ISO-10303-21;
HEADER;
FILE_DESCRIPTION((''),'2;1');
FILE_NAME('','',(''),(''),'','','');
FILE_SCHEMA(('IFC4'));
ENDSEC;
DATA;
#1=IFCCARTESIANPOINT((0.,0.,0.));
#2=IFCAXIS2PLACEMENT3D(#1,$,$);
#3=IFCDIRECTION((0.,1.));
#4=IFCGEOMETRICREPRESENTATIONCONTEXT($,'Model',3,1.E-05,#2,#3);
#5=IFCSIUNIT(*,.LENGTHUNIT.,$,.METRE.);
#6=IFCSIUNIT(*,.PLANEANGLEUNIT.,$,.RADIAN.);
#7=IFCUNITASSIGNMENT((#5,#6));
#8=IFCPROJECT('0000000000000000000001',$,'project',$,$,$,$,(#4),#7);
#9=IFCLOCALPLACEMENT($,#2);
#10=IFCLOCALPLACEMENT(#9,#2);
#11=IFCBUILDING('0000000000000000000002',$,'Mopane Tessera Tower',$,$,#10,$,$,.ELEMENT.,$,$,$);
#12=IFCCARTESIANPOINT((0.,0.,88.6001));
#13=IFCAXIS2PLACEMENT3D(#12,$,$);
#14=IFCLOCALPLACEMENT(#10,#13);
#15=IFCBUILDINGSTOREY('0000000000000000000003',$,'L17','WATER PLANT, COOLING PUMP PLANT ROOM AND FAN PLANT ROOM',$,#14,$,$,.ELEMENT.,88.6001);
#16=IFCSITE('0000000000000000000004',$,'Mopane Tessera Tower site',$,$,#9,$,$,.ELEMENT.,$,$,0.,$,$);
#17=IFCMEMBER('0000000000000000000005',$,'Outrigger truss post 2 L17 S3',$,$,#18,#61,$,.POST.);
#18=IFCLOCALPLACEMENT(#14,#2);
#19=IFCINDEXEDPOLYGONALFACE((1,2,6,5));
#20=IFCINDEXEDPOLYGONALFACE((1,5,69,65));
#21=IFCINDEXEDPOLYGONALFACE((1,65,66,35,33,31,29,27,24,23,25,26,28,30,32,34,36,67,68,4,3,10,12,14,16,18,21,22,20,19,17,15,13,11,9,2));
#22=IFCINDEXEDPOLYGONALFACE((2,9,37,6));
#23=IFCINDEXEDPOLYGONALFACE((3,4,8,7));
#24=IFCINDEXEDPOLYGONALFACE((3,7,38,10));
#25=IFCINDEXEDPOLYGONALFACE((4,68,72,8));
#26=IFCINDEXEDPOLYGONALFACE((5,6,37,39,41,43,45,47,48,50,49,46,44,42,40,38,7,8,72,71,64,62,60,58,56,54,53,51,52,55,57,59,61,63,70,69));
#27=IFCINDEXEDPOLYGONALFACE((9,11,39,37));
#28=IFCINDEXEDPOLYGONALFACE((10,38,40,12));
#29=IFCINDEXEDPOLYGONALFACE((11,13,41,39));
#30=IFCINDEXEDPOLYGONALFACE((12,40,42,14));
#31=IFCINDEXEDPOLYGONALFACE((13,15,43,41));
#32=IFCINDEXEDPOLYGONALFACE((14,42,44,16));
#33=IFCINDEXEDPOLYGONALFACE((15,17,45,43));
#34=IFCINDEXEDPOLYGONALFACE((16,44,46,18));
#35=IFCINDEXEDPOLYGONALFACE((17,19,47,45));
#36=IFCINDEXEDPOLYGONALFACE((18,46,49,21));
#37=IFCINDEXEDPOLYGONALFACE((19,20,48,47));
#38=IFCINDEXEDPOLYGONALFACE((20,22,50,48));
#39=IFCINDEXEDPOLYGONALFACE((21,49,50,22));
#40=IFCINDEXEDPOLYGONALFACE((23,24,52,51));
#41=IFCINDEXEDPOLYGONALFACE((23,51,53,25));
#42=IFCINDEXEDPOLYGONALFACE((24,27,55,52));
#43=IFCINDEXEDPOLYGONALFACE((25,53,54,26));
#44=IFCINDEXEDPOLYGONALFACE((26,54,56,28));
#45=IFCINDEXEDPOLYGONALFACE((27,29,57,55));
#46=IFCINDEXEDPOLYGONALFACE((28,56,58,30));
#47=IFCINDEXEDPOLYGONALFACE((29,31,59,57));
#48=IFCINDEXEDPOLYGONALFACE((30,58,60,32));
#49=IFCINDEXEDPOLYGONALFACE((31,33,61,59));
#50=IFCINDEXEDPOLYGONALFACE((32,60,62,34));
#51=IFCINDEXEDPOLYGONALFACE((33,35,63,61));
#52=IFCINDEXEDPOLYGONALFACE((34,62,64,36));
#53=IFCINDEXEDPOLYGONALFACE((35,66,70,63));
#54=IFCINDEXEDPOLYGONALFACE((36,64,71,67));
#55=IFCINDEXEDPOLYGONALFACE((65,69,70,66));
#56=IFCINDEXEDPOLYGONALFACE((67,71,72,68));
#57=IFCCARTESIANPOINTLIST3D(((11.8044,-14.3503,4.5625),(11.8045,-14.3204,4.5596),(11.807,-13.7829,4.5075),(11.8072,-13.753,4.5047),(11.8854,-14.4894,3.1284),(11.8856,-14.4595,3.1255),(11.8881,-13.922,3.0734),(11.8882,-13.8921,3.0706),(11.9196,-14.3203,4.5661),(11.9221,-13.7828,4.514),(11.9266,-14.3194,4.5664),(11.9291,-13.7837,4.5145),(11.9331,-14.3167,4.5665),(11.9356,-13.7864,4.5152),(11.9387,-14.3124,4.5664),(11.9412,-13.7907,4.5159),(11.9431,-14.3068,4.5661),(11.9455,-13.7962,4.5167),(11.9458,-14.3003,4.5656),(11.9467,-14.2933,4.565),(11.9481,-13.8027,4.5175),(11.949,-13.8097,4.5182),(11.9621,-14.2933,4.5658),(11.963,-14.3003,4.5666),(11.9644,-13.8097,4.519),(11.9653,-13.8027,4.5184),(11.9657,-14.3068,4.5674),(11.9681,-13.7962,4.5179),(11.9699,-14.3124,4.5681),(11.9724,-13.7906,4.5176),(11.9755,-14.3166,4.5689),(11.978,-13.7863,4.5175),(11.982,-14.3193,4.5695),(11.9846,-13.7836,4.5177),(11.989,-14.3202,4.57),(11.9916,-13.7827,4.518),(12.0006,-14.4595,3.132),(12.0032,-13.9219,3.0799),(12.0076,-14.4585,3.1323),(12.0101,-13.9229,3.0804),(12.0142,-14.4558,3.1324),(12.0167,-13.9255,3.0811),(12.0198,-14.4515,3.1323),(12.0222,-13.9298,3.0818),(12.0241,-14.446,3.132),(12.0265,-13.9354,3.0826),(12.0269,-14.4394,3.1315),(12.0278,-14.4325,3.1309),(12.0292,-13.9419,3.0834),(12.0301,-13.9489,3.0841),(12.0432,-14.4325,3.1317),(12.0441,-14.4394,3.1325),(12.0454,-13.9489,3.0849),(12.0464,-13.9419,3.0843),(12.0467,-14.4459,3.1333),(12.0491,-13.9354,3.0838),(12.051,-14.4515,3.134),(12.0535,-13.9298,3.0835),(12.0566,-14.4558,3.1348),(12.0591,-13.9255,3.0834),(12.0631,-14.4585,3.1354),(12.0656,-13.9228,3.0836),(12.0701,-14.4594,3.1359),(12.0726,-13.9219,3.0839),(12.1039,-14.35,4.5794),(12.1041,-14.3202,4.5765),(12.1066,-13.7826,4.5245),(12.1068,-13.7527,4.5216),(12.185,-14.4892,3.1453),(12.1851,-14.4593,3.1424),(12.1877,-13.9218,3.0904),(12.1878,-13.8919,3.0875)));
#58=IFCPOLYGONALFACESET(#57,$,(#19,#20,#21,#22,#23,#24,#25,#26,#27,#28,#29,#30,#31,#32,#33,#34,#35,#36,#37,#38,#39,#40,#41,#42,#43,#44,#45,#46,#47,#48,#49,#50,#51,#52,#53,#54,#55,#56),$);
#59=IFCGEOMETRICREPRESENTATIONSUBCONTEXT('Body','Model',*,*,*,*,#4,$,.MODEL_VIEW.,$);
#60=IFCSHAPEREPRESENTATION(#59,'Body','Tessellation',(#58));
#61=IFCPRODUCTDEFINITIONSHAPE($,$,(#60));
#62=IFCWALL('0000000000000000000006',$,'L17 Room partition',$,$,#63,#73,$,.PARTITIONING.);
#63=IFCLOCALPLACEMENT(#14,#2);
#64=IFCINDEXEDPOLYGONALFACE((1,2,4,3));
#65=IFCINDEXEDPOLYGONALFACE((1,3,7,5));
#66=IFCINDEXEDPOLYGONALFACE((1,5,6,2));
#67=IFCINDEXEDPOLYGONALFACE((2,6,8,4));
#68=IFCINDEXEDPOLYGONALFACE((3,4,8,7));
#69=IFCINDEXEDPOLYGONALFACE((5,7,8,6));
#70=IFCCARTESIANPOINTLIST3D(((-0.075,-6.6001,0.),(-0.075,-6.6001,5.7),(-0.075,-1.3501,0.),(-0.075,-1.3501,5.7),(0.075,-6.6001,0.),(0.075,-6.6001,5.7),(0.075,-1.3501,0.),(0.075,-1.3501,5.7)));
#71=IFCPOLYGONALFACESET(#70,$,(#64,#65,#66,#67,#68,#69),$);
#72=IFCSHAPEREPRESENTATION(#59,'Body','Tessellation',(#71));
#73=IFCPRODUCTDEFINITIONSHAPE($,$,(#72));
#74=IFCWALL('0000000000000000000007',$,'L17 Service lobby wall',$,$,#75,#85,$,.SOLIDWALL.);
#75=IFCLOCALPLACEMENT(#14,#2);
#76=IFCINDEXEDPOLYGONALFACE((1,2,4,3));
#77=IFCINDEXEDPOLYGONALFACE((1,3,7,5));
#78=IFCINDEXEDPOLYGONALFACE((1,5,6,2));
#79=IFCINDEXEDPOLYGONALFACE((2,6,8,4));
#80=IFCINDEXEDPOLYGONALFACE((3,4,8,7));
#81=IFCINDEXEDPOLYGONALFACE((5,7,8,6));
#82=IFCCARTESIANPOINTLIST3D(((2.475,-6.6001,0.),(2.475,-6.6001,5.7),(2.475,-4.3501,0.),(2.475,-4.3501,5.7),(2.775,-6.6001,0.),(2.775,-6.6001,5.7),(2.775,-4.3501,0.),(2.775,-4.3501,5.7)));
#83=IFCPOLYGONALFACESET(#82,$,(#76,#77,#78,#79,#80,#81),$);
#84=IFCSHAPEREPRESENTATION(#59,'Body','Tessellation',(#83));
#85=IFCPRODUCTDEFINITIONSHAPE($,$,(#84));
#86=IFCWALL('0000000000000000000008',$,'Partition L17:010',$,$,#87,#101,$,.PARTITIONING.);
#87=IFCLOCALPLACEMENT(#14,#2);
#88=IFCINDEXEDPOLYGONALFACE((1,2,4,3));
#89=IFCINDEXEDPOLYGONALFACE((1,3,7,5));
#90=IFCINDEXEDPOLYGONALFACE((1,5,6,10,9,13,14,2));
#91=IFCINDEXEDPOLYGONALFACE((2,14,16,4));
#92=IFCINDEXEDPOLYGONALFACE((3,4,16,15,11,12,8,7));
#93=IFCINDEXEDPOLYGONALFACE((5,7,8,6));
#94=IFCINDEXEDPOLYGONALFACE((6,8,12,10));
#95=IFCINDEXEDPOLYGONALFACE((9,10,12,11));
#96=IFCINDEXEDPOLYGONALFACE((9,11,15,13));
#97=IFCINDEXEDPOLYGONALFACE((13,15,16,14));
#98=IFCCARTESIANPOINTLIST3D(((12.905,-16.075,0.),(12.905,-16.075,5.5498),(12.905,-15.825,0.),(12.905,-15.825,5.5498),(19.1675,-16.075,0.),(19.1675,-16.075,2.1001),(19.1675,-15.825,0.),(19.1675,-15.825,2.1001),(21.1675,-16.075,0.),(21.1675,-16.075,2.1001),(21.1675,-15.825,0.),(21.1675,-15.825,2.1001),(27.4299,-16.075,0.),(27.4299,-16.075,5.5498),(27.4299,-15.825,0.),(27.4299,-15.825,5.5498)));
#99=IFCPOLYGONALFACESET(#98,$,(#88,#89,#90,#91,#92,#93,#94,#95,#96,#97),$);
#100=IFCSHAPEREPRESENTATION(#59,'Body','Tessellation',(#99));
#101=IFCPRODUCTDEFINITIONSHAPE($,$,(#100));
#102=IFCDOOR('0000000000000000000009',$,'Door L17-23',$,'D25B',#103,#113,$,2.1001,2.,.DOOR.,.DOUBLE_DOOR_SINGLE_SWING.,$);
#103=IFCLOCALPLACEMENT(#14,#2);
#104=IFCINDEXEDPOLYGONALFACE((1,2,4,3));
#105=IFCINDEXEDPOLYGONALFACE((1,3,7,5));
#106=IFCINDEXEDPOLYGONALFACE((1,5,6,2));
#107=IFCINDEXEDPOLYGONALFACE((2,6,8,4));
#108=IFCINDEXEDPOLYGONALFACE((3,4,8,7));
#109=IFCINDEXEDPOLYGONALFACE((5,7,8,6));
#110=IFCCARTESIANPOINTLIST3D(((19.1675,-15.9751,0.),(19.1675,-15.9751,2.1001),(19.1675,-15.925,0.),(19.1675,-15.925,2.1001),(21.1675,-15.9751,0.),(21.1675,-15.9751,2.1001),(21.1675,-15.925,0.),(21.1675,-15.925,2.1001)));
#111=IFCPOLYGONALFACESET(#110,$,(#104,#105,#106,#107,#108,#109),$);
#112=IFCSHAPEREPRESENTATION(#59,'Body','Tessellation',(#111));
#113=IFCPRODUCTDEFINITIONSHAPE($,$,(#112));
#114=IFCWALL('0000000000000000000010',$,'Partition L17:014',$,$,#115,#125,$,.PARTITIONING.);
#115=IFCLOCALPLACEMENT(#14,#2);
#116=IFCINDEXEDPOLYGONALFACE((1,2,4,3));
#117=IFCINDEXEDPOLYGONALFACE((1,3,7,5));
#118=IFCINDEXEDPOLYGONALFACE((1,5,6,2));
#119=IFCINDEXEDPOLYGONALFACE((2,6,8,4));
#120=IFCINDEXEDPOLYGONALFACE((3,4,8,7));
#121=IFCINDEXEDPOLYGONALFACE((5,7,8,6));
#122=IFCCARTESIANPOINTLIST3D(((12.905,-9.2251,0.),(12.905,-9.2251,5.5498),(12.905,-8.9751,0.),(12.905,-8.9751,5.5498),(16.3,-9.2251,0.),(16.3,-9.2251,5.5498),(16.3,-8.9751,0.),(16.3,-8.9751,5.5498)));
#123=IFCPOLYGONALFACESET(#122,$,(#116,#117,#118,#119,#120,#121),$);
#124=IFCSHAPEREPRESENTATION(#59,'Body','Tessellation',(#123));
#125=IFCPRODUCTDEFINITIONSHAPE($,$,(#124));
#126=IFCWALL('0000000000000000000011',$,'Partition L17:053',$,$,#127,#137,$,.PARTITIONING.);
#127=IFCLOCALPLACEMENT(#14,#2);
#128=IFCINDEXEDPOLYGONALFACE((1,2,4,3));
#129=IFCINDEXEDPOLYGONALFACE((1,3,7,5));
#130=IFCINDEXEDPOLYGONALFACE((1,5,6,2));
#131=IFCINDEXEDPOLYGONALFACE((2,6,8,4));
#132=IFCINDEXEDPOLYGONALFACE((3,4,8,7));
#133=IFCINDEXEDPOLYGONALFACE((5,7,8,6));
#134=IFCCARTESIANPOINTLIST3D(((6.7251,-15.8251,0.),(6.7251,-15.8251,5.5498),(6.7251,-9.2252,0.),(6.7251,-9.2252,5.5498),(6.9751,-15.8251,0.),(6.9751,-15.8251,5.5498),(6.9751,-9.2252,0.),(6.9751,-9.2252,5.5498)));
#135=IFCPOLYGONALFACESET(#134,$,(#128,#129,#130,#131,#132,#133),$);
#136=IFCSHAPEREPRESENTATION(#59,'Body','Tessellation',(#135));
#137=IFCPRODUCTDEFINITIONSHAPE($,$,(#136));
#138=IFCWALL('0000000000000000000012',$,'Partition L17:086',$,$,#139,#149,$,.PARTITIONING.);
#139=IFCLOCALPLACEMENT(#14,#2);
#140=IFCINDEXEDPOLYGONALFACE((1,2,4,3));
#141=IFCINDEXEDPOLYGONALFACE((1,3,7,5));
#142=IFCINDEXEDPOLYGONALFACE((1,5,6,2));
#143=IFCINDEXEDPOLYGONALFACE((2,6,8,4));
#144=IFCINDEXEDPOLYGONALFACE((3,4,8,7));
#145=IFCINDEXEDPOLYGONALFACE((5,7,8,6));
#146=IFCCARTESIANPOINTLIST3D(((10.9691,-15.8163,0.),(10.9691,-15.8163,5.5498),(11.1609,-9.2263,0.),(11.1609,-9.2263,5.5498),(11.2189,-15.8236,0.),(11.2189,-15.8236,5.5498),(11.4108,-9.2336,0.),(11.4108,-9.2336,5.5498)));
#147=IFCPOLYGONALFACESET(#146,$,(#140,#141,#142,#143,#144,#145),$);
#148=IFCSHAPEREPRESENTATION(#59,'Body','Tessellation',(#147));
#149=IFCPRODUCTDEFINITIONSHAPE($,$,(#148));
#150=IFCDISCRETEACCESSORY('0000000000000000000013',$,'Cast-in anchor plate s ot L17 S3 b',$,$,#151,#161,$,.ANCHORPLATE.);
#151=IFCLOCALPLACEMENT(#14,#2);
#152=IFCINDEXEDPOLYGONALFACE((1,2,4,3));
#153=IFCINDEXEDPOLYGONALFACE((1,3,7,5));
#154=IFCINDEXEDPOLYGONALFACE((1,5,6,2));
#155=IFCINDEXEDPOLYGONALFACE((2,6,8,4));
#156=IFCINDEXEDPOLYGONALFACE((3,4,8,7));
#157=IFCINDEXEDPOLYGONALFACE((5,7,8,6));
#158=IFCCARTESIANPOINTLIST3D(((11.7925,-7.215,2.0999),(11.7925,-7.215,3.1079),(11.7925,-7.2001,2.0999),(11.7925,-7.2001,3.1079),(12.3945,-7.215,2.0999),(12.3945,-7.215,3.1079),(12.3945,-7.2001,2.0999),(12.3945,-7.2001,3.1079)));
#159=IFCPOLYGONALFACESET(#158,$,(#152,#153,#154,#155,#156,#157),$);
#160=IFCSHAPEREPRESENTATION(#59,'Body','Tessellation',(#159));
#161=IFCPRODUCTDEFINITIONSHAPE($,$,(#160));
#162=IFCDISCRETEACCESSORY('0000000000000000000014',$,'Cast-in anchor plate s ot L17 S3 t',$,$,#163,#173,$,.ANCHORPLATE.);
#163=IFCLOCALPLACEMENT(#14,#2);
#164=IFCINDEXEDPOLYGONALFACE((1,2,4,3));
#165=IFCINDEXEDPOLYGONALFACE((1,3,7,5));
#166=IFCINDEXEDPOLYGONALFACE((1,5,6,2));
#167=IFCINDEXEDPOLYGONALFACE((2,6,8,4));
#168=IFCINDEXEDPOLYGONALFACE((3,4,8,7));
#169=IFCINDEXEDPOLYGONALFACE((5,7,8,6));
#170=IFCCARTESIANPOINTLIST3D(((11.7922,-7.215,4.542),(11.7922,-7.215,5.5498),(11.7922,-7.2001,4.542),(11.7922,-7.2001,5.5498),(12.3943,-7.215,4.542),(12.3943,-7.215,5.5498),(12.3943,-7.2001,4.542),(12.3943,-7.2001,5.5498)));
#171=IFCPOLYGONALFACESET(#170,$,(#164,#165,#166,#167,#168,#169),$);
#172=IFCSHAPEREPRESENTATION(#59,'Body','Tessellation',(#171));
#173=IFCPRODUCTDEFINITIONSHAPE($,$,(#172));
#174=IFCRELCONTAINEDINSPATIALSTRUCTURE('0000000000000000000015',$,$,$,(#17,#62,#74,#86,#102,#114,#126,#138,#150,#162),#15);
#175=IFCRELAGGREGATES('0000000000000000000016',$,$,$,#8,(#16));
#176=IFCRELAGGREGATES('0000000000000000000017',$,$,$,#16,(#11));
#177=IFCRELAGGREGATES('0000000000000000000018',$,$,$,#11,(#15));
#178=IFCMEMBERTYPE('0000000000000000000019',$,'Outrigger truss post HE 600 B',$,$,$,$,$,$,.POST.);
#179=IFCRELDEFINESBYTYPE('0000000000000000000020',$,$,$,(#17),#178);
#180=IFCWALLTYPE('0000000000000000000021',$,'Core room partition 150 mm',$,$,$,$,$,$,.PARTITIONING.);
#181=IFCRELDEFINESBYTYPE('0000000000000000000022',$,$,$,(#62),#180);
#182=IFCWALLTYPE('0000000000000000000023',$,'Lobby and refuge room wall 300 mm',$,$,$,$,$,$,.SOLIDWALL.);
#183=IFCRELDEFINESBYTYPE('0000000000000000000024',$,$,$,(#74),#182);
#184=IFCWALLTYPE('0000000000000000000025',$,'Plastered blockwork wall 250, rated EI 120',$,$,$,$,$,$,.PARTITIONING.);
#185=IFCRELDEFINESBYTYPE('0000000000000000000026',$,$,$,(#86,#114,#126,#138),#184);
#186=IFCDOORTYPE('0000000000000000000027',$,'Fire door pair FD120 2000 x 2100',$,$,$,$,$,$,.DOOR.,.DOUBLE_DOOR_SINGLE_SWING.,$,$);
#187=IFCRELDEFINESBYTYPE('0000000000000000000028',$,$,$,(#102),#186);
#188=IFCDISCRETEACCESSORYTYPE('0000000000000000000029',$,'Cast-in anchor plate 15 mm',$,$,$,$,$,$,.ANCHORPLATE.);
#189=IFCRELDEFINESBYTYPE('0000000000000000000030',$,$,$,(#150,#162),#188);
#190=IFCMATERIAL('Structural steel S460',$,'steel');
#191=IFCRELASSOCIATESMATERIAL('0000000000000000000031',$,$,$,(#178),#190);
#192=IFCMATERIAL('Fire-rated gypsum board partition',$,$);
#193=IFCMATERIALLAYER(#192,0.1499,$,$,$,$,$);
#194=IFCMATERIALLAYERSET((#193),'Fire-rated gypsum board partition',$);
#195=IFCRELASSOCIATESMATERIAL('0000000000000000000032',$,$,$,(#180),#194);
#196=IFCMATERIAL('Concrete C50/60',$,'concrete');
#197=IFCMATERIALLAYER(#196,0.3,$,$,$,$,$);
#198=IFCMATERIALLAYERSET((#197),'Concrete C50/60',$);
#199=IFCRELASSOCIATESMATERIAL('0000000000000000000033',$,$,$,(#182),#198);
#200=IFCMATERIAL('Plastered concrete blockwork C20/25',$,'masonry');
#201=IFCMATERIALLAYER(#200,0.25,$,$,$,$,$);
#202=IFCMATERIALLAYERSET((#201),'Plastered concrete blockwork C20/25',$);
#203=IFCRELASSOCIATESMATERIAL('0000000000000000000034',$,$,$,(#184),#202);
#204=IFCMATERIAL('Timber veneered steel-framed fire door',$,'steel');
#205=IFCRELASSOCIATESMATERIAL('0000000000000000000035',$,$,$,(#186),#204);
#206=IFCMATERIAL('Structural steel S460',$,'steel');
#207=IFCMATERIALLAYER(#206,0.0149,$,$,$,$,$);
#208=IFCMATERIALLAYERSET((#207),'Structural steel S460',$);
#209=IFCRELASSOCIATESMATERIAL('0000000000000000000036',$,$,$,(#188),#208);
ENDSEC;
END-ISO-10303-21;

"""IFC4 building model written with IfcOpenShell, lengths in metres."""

from ifc_helpers import new_model, si_unit, direction, frame, frame_2d, origin, origin_2d, place, context, subcontext, project, spatial, rectangle, i_section, extrude, material, layer, layer_set, material_profile, profile_set, type_object, element, fill, save


model = new_model("IFC4")

# Units and contexts
model_context = context("Model", 3, precision=1e-05, world=origin(), true_north=direction((0.0, 1.0)))
body_context = subcontext(model_context, "Body", "Model", "MODEL_VIEW")
ifc_project = project(units=[si_unit("LENGTHUNIT", "METRE"), si_unit("PLANEANGLEUNIT", "RADIAN")], contexts=[model_context])

# Site, building, storey
site_placement = place(None, origin())
site = spatial("IfcSite", under=ifc_project, at=site_placement, Name="Mopane Tessera Tower site", CompositionType="ELEMENT", RefElevation=0.0)
building_placement = place(site_placement, origin())
building = spatial("IfcBuilding", under=site, at=building_placement, Name="Mopane Tessera Tower", CompositionType="ELEMENT")
storey_placement = place(building_placement, frame((0.0, 0.0, 88.6001)))
storey = spatial("IfcBuildingStorey", under=building, at=storey_placement, Name="L17", Description="WATER PLANT, COOLING PUMP PLANT ROOM AND FAN PLANT ROOM", CompositionType="ELEMENT", Elevation=88.6001)

# Member
ifc_material_1 = material(Name="Structural steel S460", Category="steel")
ifc_material_profile_1 = material_profile(ifc_material_1, i_section(OverallWidth=0.3, OverallDepth=0.6001, WebThickness=0.0154, FlangeThickness=0.03, FilletRadius=0.0271, at=origin_2d()))
ifc_profile_set_1 = profile_set([ifc_material_profile_1], Name="Structural steel S460")
member_type_1 = type_object("IfcMemberType", Name="Outrigger truss post HE 600 B", PredefinedType="POST", material=ifc_profile_set_1)
member_1_placement = place(storey_placement, frame((12.0366, -14.1907, 3.1079), z_axis=(-0.056167, 0.096432, 0.993754), x_axis=(0.99841, 0.000755, 0.056357)))
element("IfcMember", 1, at=member_1_placement, inside=storey, type_object=member_type_1, Name="Outrigger truss post 2 L17 S3", PredefinedType="POST", context=body_context, shape_type="SweptSolid", body=[
    extrude(i_section(OverallWidth=0.3, OverallDepth=0.6001, WebThickness=0.0154, FlangeThickness=0.03, FilletRadius=0.0271, at=origin_2d()), origin(), (0.0, 0.0, 1.0), 1.4431),
])

# Walls
ifc_material_2 = material(Name="Fire-rated gypsum board partition")
ifc_layer_1 = layer(ifc_material_2, 0.1499)
ifc_layer_set_1 = layer_set([ifc_layer_1], Name="Fire-rated gypsum board partition")
wall_type_1 = type_object("IfcWallType", Name="Core room partition 150 mm", PredefinedType="PARTITIONING", material=ifc_layer_set_1)
wall_1_placement = place(storey_placement, frame((0.0, -6.6001, 0.0), z_axis=(0.0, 0.0, 1.0), x_axis=(0.0, 1.0, 0.0)))
element("IfcWall", 2, at=wall_1_placement, inside=storey, type_object=wall_type_1, Name="L17 Room partition", PredefinedType="PARTITIONING", context=body_context, shape_type="SweptSolid", body=[
    extrude(rectangle(XDim=5.25, YDim=0.1499, at=frame_2d((2.625, 0.0))), origin(), (0.0, 0.0, 1.0), 5.7),
])
ifc_material_3 = material(Name="Concrete C50/60", Category="concrete")
ifc_layer_2 = layer(ifc_material_3, 0.3)
ifc_layer_set_2 = layer_set([ifc_layer_2], Name="Concrete C50/60")
wall_type_2 = type_object("IfcWallType", Name="Lobby and refuge room wall 300 mm", PredefinedType="SOLIDWALL", material=ifc_layer_set_2)
wall_2_placement = place(storey_placement, frame((2.625, -6.6001, 0.0), z_axis=(0.0, 0.0, 1.0), x_axis=(0.0, 1.0, 0.0)))
element("IfcWall", 3, at=wall_2_placement, inside=storey, type_object=wall_type_2, Name="L17 Service lobby wall", PredefinedType="SOLIDWALL", context=body_context, shape_type="SweptSolid", body=[
    extrude(rectangle(XDim=2.25, YDim=0.3, at=frame_2d((1.125, 0.0))), origin(), (0.0, 0.0, 1.0), 5.7),
])

# Wall, opening, door
ifc_material_4 = material(Name="Plastered concrete blockwork C20/25", Category="masonry")
ifc_layer_3 = layer(ifc_material_4, 0.25)
ifc_layer_set_3 = layer_set([ifc_layer_3], Name="Plastered concrete blockwork C20/25")
wall_type_3 = type_object("IfcWallType", Name="Plastered blockwork wall 250, rated EI 120", PredefinedType="PARTITIONING", material=ifc_layer_set_3)
wall_3_placement = place(storey_placement, frame((12.905, -15.95, 0.0), z_axis=(0.0, 0.0, 1.0), x_axis=(1.0, 0.0, 0.0)))
wall_3 = element("IfcWall", 4, at=wall_3_placement, inside=storey, type_object=wall_type_3, Name="Partition L17:010", PredefinedType="PARTITIONING", context=body_context, shape_type="SweptSolid", body=[
    extrude(rectangle(XDim=14.5249, YDim=0.25, at=frame_2d((7.2625, 0.0))), origin(), (0.0, 0.0, 1.0), 5.5498),
])
opening_placement = place(wall_3_placement, frame((6.2625, 0.0, 0.0)))
opening = element("IfcOpeningElement", 5, at=opening_placement, cuts=wall_3, PredefinedType="OPENING", context=body_context, shape_type="SweptSolid", body=[
    extrude(rectangle(XDim=2.0, YDim=2.1001, at=frame_2d((1.0, 1.05))), frame((0.0, 0.137, 0.0), z_axis=(0.0, -1.0, 0.0), x_axis=(1.0, 0.0, 0.0)), (0.0, 0.0, 1.0), 0.2739),
])
ifc_material_5 = material(Name="Timber veneered steel-framed fire door", Category="steel")
door_type = type_object("IfcDoorType", Name="Fire door pair FD120 2000 x 2100", OperationType="DOUBLE_DOOR_SINGLE_SWING", PredefinedType="DOOR", material=ifc_material_5)
door_placement = place(opening_placement, origin())
door = element("IfcDoor", 6, at=door_placement, inside=storey, type_object=door_type, Name="Door L17-23", ObjectType="D25B", OperationType="DOUBLE_DOOR_SINGLE_SWING", OverallHeight=2.1001, OverallWidth=2.0, PredefinedType="DOOR", context=body_context, shape_type="SweptSolid", body=[
    extrude(rectangle(XDim=2.0, YDim=2.1001, at=frame_2d((1.0, 1.05))), frame((0.0, 0.0249, 0.0), z_axis=(0.0, -1.0, 0.0), x_axis=(1.0, 0.0, 0.0)), (0.0, 0.0, 1.0), 0.05),
])
fill(opening, door)

# Walls
wall_4_placement = place(storey_placement, frame((12.905, -9.1001, 0.0), z_axis=(0.0, 0.0, 1.0), x_axis=(1.0, 0.0, 0.0)))
element("IfcWall", 7, at=wall_4_placement, inside=storey, type_object=wall_type_3, Name="Partition L17:014", PredefinedType="PARTITIONING", context=body_context, shape_type="SweptSolid", body=[
    extrude(rectangle(XDim=3.395, YDim=0.25, at=frame_2d((1.6975, 0.0))), origin(), (0.0, 0.0, 1.0), 5.5498),
])
wall_5_placement = place(storey_placement, frame((6.8501, -15.825, 0.0), z_axis=(0.0, 0.0, 1.0), x_axis=(0.0, 1.0, 0.0)))
element("IfcWall", 8, at=wall_5_placement, inside=storey, type_object=wall_type_3, Name="Partition L17:053", PredefinedType="PARTITIONING", context=body_context, shape_type="SweptSolid", body=[
    extrude(rectangle(XDim=6.5999, YDim=0.25, at=frame_2d((3.2998, 0.0))), origin(), (0.0, 0.0, 1.0), 5.5498),
])
wall_6_placement = place(storey_placement, frame((11.2859, -9.23, 0.0), z_axis=(0.0, 0.0, 1.0), x_axis=(-0.029106, -0.999576, 0.0)))
element("IfcWall", 9, at=wall_6_placement, inside=storey, type_object=wall_type_3, Name="Partition L17:086", PredefinedType="PARTITIONING", context=body_context, shape_type="SweptSolid", body=[
    extrude(rectangle(XDim=6.5928, YDim=0.25, at=frame_2d((3.2964, 0.0))), origin(), (0.0, 0.0, 1.0), 5.5498),
])

# Discrete accessories
ifc_material_6 = material(Name="Structural steel S460", Category="steel")
ifc_layer_4 = layer(ifc_material_6, 0.0149)
ifc_layer_set_4 = layer_set([ifc_layer_4], Name="Structural steel S460")
discrete_accessory_type_1 = type_object("IfcDiscreteAccessoryType", Name="Cast-in anchor plate 15 mm", PredefinedType="ANCHORPLATE", material=ifc_layer_set_4)
discrete_accessory_1_placement = place(storey_placement, frame((12.0935, -7.2075, 2.0999), z_axis=(0.0, 0.0, 1.0), x_axis=(0.0, -1.0, 0.0)))
element("IfcDiscreteAccessory", 10, at=discrete_accessory_1_placement, inside=storey, type_object=discrete_accessory_type_1, Name="Cast-in anchor plate s ot L17 S3 b", PredefinedType="ANCHORPLATE", context=body_context, shape_type="SweptSolid", body=[
    extrude(rectangle(XDim=0.0149, YDim=0.6021, at=origin_2d()), origin(), (0.0, 0.0, 1.0), 1.0081),
])
discrete_accessory_2_placement = place(storey_placement, frame((12.0933, -7.2075, 4.542), z_axis=(0.0, 0.0, 1.0), x_axis=(0.0, -1.0, 0.0)))
element("IfcDiscreteAccessory", 11, at=discrete_accessory_2_placement, inside=storey, type_object=discrete_accessory_type_1, Name="Cast-in anchor plate s ot L17 S3 t", PredefinedType="ANCHORPLATE", context=body_context, shape_type="SweptSolid", body=[
    extrude(rectangle(XDim=0.0149, YDim=0.6021, at=origin_2d()), origin(), (0.0, 0.0, 1.0), 1.0078),
])

save(model, "model.ifc")
